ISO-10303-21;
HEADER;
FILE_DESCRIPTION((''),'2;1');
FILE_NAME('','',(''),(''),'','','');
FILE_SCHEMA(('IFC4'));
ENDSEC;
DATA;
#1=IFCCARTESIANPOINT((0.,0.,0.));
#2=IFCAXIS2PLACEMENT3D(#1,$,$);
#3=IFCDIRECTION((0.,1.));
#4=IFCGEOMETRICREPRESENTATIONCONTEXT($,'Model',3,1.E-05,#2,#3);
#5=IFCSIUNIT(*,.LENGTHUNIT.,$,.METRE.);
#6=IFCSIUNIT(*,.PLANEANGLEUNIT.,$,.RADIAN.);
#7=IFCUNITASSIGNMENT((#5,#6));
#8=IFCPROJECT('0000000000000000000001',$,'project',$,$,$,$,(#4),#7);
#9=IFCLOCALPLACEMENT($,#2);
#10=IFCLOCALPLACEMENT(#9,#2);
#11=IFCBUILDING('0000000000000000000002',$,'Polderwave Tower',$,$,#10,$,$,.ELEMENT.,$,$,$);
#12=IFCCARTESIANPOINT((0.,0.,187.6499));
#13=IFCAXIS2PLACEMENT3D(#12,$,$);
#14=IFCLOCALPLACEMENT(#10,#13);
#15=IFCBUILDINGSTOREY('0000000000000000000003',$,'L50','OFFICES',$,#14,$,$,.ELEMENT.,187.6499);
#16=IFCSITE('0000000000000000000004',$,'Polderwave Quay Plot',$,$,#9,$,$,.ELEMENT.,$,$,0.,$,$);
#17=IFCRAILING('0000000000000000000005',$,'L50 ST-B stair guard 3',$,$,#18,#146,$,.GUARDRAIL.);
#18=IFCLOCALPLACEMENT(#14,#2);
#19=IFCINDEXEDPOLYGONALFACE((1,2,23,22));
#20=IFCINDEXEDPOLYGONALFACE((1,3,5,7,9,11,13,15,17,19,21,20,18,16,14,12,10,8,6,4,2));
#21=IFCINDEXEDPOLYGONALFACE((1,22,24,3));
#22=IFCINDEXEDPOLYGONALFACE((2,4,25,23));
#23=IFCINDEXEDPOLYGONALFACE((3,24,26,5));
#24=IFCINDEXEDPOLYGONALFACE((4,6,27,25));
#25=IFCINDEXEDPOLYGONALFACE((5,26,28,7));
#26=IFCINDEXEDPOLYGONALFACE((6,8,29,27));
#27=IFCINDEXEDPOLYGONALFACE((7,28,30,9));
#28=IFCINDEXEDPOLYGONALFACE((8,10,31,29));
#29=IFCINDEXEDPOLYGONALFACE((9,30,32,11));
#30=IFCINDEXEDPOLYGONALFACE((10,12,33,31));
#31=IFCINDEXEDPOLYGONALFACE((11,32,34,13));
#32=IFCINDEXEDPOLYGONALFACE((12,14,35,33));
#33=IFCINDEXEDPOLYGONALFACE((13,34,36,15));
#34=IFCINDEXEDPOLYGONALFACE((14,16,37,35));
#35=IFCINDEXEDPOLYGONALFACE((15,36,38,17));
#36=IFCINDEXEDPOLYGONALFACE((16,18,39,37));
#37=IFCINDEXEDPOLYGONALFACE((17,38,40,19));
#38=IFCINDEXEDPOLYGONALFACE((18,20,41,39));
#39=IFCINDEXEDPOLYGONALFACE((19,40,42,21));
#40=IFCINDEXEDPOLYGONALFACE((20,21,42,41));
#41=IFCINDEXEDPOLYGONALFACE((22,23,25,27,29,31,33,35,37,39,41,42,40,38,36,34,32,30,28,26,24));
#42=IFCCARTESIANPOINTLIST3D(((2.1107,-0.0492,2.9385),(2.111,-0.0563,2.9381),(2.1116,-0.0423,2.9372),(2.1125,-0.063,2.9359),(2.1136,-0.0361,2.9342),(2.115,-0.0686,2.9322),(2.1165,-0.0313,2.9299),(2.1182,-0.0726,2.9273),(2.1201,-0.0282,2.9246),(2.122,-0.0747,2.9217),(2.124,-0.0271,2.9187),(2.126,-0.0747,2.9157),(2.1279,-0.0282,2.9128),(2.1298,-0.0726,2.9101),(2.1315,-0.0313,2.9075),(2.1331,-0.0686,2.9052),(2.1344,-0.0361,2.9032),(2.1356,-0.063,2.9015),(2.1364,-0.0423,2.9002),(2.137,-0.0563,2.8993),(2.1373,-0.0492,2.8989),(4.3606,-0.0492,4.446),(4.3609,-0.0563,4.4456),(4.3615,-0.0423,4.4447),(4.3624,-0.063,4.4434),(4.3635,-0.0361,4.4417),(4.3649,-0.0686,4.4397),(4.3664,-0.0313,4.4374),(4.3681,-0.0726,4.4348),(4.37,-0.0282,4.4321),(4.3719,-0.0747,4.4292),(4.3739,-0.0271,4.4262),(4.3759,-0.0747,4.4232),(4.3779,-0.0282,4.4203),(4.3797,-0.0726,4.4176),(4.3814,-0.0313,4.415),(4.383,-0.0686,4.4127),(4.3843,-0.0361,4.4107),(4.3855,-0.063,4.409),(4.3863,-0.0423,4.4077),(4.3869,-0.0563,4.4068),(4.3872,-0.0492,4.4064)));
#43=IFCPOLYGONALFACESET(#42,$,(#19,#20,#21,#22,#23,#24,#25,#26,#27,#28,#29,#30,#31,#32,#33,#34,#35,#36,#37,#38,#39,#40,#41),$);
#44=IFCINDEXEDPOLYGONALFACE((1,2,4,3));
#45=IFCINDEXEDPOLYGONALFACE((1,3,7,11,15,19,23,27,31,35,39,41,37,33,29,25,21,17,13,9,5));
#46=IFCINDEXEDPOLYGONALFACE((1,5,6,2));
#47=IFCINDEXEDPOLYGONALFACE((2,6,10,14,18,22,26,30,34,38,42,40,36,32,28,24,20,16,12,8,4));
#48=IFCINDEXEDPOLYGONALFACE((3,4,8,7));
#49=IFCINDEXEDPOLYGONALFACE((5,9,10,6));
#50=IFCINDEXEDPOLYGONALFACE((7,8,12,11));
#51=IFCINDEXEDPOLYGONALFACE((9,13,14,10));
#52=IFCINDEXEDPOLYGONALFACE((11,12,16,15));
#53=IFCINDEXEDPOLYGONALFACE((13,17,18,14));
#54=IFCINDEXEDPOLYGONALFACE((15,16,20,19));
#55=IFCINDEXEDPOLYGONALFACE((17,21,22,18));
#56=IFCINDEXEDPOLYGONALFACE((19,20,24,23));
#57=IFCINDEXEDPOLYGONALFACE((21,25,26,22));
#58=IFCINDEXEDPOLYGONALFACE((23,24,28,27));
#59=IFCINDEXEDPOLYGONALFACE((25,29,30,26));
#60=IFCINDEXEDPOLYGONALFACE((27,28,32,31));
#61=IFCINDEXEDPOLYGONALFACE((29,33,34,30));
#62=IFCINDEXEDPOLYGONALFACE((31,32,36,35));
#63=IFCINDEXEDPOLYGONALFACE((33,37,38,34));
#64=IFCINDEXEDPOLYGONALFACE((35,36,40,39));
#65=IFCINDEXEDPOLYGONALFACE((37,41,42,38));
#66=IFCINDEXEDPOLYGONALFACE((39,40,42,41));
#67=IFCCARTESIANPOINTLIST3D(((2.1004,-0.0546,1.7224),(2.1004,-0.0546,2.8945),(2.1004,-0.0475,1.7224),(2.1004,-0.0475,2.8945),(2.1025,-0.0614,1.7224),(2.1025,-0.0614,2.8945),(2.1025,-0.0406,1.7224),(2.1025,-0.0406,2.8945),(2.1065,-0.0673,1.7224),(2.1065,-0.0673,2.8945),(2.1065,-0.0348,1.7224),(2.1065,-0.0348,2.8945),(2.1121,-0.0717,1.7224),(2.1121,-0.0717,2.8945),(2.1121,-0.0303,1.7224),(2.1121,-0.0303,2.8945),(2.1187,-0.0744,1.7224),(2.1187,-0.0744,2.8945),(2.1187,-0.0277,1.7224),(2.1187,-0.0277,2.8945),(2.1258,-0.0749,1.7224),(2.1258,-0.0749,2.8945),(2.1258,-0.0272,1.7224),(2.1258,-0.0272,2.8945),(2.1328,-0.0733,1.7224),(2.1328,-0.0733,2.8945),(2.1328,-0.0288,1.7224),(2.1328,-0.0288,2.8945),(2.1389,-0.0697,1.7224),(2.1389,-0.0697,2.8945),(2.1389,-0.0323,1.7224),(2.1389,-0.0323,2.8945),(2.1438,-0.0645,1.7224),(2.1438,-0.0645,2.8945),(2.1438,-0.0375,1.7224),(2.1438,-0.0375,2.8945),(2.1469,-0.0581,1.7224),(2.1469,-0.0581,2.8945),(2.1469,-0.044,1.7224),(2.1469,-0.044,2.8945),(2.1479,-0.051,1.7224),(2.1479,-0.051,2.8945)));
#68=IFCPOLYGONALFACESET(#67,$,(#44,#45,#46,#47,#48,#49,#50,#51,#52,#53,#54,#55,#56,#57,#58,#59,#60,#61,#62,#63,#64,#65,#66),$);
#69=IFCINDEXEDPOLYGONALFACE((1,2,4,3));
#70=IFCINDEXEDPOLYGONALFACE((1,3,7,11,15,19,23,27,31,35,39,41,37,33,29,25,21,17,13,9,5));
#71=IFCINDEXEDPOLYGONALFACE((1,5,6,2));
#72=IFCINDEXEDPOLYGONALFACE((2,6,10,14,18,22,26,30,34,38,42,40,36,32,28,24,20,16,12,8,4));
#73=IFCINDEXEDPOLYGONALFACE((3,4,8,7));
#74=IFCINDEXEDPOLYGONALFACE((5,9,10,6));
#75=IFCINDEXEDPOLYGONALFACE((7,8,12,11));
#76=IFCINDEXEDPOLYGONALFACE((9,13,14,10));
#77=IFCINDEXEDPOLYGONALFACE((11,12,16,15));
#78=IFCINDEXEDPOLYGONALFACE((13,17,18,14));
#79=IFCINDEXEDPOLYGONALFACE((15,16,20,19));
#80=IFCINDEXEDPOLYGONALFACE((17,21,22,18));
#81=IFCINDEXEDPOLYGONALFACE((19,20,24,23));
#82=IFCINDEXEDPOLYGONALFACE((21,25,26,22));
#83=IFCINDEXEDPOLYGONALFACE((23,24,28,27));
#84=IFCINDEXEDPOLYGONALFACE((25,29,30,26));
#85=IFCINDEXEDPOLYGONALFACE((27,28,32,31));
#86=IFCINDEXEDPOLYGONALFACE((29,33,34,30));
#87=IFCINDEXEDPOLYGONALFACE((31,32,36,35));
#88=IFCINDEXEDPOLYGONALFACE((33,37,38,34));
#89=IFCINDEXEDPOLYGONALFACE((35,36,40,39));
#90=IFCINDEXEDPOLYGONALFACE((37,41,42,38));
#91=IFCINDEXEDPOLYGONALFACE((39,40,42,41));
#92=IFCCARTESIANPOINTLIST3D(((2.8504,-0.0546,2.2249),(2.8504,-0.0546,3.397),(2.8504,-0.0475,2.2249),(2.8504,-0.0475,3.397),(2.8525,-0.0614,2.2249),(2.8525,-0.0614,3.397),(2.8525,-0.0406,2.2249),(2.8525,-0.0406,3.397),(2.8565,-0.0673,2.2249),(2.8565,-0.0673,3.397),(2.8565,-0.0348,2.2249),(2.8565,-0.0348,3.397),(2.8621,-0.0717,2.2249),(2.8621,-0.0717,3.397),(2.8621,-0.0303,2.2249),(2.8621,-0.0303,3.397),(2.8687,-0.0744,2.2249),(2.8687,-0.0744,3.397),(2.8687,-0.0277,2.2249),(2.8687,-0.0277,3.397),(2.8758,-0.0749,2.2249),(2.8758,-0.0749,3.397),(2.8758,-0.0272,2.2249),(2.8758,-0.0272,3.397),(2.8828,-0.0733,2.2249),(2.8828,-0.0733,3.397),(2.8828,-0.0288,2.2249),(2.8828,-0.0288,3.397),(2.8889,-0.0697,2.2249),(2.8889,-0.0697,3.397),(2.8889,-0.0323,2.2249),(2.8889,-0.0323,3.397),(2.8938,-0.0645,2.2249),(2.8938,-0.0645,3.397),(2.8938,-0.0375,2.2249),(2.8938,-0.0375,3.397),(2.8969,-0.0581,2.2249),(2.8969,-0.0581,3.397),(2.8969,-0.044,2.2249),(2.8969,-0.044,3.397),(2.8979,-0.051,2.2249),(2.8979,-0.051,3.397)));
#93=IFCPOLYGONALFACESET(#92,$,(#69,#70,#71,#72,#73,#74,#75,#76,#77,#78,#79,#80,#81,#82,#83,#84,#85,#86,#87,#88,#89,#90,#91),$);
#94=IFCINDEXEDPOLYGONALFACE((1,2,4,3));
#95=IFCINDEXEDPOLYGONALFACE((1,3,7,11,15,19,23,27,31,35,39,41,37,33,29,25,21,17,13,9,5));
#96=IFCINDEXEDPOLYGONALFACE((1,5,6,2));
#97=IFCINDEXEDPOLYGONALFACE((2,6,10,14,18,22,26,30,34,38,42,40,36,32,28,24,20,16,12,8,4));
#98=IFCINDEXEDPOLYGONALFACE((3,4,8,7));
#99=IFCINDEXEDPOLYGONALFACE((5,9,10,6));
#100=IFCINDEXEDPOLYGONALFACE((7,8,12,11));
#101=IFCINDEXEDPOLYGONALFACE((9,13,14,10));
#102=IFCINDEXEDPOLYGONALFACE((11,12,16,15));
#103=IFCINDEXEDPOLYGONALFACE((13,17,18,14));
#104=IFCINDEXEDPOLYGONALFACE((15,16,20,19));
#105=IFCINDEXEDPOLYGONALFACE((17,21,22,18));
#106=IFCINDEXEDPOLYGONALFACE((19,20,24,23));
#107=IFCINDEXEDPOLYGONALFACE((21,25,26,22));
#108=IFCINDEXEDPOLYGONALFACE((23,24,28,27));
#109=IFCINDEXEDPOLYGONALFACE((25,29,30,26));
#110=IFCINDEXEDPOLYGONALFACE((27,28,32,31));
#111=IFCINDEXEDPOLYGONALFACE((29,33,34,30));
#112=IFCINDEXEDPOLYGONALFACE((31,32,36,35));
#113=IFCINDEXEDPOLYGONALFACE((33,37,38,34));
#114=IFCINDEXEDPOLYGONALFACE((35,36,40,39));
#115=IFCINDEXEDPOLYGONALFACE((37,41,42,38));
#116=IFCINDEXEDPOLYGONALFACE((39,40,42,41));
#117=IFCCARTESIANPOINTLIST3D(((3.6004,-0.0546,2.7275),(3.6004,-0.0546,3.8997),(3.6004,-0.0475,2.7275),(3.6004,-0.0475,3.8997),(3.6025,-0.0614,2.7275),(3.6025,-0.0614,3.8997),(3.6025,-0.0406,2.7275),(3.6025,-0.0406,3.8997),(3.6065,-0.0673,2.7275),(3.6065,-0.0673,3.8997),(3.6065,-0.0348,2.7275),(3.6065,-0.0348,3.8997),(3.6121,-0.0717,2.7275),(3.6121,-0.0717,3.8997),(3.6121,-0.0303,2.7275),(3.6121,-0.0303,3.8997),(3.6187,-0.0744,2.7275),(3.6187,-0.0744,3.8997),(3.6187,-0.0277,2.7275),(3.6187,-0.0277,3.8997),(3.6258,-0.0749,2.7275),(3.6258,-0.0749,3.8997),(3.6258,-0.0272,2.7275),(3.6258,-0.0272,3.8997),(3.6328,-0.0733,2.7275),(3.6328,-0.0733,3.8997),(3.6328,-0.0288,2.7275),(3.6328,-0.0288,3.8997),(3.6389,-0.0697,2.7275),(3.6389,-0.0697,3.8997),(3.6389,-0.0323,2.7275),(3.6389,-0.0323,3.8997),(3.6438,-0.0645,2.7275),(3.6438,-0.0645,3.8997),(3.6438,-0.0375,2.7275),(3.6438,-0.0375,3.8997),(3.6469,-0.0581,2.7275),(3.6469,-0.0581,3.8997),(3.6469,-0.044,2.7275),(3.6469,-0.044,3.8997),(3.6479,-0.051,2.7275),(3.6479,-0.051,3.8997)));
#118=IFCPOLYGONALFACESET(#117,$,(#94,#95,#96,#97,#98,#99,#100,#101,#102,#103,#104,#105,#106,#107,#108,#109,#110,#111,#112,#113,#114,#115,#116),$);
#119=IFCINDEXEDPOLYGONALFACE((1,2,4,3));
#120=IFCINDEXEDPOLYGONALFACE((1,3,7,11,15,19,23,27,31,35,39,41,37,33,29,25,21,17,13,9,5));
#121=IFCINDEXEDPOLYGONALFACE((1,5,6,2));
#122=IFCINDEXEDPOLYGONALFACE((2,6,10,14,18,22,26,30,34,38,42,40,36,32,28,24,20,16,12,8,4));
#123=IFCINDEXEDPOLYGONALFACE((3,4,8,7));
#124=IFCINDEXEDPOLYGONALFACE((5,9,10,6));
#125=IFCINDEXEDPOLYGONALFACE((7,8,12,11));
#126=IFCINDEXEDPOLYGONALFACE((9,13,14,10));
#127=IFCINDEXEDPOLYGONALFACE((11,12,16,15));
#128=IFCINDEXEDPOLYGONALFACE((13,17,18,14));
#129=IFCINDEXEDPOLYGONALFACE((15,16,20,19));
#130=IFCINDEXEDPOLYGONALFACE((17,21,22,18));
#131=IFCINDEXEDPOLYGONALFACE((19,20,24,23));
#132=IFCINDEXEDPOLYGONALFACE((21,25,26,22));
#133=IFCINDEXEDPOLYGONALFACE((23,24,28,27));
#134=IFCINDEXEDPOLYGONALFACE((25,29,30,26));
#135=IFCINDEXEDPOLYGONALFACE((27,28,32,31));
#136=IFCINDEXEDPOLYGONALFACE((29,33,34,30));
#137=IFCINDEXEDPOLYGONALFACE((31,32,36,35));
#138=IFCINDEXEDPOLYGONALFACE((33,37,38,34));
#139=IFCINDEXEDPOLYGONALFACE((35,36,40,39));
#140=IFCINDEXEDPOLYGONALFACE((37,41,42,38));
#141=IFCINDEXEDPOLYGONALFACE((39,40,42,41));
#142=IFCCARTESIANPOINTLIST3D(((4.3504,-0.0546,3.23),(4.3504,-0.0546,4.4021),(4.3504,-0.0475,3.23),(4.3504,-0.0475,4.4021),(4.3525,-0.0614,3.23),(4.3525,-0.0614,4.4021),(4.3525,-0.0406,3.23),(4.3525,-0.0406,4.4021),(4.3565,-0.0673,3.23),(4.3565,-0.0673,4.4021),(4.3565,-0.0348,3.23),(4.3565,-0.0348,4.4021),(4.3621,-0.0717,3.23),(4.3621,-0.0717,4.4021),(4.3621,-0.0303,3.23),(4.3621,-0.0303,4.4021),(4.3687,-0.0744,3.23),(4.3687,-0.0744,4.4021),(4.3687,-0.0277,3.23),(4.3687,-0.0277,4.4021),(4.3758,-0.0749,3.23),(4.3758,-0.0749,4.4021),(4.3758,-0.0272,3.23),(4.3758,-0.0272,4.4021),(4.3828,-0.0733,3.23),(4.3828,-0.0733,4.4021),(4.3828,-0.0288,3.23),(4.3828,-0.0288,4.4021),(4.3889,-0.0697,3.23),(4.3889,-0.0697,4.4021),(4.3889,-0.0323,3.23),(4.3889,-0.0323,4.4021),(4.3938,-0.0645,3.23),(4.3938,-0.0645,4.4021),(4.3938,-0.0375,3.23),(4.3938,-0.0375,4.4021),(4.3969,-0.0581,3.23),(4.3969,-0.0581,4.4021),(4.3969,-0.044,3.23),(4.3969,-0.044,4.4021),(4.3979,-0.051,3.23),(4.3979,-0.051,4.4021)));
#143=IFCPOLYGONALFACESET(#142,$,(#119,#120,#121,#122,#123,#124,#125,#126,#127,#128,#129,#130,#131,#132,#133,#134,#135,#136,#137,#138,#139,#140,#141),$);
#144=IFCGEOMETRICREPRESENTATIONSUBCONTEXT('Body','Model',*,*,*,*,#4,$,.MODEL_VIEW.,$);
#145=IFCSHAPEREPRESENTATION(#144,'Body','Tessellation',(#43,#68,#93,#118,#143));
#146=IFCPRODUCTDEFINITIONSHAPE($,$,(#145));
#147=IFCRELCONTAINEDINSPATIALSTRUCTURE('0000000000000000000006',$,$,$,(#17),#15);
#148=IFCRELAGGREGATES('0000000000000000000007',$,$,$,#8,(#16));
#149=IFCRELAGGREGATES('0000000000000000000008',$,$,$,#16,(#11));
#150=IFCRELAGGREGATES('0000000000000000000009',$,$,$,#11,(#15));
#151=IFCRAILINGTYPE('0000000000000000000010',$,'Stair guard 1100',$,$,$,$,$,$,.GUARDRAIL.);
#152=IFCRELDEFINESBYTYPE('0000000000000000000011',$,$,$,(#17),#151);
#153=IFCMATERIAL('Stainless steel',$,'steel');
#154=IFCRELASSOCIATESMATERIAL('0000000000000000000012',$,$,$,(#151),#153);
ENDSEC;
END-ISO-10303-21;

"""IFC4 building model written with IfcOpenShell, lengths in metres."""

from ifc_helpers import new_model, si_unit, direction, frame, origin, origin_2d, place, context, subcontext, project, spatial, circle, extrude, material, type_object, element, save


model = new_model("IFC4")

# Units and contexts
model_context = context("Model", 3, precision=1e-05, world=origin(), true_north=direction((0.0, 1.0)))
body_context = subcontext(model_context, "Body", "Model", "MODEL_VIEW")
ifc_project = project(units=[si_unit("LENGTHUNIT", "METRE"), si_unit("PLANEANGLEUNIT", "RADIAN")], contexts=[model_context])

# Site, building, storey
site_placement = place(None, origin())
site = spatial("IfcSite", under=ifc_project, at=site_placement, Name="Polderwave Quay Plot", CompositionType="ELEMENT", RefElevation=0.0)
building_placement = place(site_placement, origin())
building = spatial("IfcBuilding", under=site, at=building_placement, Name="Polderwave Tower", CompositionType="ELEMENT")
storey_placement = place(building_placement, frame((0.0, 0.0, 187.6499)))
storey = spatial("IfcBuildingStorey", under=building, at=storey_placement, Name="L50", Description="OFFICES", CompositionType="ELEMENT", Elevation=187.6499)

# Railing
ifc_material_1 = material(Name="Stainless steel", Category="steel")
railing_type_1 = type_object("IfcRailingType", Name="Stair guard 1100", PredefinedType="GUARDRAIL", material=ifc_material_1)
railing_1_placement = place(storey_placement, frame((2.124, -0.051, 1.7224)))
element("IfcRailing", 1, at=railing_1_placement, inside=storey, type_object=railing_type_1, Name="L50 ST-B stair guard 3", PredefinedType="GUARDRAIL", context=body_context, shape_type="SweptSolid", body=[
    extrude(circle(Radius=0.0239, at=origin_2d()), frame((0.0, 0.0, 1.1963), z_axis=(0.830758, 0.0, 0.556633), x_axis=(0.0, 1.0, 0.0)), (0.0, 0.0, 1.0), 2.7083),
    extrude(circle(Radius=0.0239, at=origin_2d()), origin(), (0.0, 0.0, 1.0), 1.1721),
    extrude(circle(Radius=0.0239, at=origin_2d()), frame((0.75, 0.0, 0.5024)), (0.0, 0.0, 1.0), 1.1721),
    extrude(circle(Radius=0.0239, at=origin_2d()), frame((1.5, 0.0, 1.0051)), (0.0, 0.0, 1.0), 1.1721),
    extrude(circle(Radius=0.0239, at=origin_2d()), frame((2.25, 0.0, 1.5076)), (0.0, 0.0, 1.0), 1.1721),
])

save(model, "model.ifc")
